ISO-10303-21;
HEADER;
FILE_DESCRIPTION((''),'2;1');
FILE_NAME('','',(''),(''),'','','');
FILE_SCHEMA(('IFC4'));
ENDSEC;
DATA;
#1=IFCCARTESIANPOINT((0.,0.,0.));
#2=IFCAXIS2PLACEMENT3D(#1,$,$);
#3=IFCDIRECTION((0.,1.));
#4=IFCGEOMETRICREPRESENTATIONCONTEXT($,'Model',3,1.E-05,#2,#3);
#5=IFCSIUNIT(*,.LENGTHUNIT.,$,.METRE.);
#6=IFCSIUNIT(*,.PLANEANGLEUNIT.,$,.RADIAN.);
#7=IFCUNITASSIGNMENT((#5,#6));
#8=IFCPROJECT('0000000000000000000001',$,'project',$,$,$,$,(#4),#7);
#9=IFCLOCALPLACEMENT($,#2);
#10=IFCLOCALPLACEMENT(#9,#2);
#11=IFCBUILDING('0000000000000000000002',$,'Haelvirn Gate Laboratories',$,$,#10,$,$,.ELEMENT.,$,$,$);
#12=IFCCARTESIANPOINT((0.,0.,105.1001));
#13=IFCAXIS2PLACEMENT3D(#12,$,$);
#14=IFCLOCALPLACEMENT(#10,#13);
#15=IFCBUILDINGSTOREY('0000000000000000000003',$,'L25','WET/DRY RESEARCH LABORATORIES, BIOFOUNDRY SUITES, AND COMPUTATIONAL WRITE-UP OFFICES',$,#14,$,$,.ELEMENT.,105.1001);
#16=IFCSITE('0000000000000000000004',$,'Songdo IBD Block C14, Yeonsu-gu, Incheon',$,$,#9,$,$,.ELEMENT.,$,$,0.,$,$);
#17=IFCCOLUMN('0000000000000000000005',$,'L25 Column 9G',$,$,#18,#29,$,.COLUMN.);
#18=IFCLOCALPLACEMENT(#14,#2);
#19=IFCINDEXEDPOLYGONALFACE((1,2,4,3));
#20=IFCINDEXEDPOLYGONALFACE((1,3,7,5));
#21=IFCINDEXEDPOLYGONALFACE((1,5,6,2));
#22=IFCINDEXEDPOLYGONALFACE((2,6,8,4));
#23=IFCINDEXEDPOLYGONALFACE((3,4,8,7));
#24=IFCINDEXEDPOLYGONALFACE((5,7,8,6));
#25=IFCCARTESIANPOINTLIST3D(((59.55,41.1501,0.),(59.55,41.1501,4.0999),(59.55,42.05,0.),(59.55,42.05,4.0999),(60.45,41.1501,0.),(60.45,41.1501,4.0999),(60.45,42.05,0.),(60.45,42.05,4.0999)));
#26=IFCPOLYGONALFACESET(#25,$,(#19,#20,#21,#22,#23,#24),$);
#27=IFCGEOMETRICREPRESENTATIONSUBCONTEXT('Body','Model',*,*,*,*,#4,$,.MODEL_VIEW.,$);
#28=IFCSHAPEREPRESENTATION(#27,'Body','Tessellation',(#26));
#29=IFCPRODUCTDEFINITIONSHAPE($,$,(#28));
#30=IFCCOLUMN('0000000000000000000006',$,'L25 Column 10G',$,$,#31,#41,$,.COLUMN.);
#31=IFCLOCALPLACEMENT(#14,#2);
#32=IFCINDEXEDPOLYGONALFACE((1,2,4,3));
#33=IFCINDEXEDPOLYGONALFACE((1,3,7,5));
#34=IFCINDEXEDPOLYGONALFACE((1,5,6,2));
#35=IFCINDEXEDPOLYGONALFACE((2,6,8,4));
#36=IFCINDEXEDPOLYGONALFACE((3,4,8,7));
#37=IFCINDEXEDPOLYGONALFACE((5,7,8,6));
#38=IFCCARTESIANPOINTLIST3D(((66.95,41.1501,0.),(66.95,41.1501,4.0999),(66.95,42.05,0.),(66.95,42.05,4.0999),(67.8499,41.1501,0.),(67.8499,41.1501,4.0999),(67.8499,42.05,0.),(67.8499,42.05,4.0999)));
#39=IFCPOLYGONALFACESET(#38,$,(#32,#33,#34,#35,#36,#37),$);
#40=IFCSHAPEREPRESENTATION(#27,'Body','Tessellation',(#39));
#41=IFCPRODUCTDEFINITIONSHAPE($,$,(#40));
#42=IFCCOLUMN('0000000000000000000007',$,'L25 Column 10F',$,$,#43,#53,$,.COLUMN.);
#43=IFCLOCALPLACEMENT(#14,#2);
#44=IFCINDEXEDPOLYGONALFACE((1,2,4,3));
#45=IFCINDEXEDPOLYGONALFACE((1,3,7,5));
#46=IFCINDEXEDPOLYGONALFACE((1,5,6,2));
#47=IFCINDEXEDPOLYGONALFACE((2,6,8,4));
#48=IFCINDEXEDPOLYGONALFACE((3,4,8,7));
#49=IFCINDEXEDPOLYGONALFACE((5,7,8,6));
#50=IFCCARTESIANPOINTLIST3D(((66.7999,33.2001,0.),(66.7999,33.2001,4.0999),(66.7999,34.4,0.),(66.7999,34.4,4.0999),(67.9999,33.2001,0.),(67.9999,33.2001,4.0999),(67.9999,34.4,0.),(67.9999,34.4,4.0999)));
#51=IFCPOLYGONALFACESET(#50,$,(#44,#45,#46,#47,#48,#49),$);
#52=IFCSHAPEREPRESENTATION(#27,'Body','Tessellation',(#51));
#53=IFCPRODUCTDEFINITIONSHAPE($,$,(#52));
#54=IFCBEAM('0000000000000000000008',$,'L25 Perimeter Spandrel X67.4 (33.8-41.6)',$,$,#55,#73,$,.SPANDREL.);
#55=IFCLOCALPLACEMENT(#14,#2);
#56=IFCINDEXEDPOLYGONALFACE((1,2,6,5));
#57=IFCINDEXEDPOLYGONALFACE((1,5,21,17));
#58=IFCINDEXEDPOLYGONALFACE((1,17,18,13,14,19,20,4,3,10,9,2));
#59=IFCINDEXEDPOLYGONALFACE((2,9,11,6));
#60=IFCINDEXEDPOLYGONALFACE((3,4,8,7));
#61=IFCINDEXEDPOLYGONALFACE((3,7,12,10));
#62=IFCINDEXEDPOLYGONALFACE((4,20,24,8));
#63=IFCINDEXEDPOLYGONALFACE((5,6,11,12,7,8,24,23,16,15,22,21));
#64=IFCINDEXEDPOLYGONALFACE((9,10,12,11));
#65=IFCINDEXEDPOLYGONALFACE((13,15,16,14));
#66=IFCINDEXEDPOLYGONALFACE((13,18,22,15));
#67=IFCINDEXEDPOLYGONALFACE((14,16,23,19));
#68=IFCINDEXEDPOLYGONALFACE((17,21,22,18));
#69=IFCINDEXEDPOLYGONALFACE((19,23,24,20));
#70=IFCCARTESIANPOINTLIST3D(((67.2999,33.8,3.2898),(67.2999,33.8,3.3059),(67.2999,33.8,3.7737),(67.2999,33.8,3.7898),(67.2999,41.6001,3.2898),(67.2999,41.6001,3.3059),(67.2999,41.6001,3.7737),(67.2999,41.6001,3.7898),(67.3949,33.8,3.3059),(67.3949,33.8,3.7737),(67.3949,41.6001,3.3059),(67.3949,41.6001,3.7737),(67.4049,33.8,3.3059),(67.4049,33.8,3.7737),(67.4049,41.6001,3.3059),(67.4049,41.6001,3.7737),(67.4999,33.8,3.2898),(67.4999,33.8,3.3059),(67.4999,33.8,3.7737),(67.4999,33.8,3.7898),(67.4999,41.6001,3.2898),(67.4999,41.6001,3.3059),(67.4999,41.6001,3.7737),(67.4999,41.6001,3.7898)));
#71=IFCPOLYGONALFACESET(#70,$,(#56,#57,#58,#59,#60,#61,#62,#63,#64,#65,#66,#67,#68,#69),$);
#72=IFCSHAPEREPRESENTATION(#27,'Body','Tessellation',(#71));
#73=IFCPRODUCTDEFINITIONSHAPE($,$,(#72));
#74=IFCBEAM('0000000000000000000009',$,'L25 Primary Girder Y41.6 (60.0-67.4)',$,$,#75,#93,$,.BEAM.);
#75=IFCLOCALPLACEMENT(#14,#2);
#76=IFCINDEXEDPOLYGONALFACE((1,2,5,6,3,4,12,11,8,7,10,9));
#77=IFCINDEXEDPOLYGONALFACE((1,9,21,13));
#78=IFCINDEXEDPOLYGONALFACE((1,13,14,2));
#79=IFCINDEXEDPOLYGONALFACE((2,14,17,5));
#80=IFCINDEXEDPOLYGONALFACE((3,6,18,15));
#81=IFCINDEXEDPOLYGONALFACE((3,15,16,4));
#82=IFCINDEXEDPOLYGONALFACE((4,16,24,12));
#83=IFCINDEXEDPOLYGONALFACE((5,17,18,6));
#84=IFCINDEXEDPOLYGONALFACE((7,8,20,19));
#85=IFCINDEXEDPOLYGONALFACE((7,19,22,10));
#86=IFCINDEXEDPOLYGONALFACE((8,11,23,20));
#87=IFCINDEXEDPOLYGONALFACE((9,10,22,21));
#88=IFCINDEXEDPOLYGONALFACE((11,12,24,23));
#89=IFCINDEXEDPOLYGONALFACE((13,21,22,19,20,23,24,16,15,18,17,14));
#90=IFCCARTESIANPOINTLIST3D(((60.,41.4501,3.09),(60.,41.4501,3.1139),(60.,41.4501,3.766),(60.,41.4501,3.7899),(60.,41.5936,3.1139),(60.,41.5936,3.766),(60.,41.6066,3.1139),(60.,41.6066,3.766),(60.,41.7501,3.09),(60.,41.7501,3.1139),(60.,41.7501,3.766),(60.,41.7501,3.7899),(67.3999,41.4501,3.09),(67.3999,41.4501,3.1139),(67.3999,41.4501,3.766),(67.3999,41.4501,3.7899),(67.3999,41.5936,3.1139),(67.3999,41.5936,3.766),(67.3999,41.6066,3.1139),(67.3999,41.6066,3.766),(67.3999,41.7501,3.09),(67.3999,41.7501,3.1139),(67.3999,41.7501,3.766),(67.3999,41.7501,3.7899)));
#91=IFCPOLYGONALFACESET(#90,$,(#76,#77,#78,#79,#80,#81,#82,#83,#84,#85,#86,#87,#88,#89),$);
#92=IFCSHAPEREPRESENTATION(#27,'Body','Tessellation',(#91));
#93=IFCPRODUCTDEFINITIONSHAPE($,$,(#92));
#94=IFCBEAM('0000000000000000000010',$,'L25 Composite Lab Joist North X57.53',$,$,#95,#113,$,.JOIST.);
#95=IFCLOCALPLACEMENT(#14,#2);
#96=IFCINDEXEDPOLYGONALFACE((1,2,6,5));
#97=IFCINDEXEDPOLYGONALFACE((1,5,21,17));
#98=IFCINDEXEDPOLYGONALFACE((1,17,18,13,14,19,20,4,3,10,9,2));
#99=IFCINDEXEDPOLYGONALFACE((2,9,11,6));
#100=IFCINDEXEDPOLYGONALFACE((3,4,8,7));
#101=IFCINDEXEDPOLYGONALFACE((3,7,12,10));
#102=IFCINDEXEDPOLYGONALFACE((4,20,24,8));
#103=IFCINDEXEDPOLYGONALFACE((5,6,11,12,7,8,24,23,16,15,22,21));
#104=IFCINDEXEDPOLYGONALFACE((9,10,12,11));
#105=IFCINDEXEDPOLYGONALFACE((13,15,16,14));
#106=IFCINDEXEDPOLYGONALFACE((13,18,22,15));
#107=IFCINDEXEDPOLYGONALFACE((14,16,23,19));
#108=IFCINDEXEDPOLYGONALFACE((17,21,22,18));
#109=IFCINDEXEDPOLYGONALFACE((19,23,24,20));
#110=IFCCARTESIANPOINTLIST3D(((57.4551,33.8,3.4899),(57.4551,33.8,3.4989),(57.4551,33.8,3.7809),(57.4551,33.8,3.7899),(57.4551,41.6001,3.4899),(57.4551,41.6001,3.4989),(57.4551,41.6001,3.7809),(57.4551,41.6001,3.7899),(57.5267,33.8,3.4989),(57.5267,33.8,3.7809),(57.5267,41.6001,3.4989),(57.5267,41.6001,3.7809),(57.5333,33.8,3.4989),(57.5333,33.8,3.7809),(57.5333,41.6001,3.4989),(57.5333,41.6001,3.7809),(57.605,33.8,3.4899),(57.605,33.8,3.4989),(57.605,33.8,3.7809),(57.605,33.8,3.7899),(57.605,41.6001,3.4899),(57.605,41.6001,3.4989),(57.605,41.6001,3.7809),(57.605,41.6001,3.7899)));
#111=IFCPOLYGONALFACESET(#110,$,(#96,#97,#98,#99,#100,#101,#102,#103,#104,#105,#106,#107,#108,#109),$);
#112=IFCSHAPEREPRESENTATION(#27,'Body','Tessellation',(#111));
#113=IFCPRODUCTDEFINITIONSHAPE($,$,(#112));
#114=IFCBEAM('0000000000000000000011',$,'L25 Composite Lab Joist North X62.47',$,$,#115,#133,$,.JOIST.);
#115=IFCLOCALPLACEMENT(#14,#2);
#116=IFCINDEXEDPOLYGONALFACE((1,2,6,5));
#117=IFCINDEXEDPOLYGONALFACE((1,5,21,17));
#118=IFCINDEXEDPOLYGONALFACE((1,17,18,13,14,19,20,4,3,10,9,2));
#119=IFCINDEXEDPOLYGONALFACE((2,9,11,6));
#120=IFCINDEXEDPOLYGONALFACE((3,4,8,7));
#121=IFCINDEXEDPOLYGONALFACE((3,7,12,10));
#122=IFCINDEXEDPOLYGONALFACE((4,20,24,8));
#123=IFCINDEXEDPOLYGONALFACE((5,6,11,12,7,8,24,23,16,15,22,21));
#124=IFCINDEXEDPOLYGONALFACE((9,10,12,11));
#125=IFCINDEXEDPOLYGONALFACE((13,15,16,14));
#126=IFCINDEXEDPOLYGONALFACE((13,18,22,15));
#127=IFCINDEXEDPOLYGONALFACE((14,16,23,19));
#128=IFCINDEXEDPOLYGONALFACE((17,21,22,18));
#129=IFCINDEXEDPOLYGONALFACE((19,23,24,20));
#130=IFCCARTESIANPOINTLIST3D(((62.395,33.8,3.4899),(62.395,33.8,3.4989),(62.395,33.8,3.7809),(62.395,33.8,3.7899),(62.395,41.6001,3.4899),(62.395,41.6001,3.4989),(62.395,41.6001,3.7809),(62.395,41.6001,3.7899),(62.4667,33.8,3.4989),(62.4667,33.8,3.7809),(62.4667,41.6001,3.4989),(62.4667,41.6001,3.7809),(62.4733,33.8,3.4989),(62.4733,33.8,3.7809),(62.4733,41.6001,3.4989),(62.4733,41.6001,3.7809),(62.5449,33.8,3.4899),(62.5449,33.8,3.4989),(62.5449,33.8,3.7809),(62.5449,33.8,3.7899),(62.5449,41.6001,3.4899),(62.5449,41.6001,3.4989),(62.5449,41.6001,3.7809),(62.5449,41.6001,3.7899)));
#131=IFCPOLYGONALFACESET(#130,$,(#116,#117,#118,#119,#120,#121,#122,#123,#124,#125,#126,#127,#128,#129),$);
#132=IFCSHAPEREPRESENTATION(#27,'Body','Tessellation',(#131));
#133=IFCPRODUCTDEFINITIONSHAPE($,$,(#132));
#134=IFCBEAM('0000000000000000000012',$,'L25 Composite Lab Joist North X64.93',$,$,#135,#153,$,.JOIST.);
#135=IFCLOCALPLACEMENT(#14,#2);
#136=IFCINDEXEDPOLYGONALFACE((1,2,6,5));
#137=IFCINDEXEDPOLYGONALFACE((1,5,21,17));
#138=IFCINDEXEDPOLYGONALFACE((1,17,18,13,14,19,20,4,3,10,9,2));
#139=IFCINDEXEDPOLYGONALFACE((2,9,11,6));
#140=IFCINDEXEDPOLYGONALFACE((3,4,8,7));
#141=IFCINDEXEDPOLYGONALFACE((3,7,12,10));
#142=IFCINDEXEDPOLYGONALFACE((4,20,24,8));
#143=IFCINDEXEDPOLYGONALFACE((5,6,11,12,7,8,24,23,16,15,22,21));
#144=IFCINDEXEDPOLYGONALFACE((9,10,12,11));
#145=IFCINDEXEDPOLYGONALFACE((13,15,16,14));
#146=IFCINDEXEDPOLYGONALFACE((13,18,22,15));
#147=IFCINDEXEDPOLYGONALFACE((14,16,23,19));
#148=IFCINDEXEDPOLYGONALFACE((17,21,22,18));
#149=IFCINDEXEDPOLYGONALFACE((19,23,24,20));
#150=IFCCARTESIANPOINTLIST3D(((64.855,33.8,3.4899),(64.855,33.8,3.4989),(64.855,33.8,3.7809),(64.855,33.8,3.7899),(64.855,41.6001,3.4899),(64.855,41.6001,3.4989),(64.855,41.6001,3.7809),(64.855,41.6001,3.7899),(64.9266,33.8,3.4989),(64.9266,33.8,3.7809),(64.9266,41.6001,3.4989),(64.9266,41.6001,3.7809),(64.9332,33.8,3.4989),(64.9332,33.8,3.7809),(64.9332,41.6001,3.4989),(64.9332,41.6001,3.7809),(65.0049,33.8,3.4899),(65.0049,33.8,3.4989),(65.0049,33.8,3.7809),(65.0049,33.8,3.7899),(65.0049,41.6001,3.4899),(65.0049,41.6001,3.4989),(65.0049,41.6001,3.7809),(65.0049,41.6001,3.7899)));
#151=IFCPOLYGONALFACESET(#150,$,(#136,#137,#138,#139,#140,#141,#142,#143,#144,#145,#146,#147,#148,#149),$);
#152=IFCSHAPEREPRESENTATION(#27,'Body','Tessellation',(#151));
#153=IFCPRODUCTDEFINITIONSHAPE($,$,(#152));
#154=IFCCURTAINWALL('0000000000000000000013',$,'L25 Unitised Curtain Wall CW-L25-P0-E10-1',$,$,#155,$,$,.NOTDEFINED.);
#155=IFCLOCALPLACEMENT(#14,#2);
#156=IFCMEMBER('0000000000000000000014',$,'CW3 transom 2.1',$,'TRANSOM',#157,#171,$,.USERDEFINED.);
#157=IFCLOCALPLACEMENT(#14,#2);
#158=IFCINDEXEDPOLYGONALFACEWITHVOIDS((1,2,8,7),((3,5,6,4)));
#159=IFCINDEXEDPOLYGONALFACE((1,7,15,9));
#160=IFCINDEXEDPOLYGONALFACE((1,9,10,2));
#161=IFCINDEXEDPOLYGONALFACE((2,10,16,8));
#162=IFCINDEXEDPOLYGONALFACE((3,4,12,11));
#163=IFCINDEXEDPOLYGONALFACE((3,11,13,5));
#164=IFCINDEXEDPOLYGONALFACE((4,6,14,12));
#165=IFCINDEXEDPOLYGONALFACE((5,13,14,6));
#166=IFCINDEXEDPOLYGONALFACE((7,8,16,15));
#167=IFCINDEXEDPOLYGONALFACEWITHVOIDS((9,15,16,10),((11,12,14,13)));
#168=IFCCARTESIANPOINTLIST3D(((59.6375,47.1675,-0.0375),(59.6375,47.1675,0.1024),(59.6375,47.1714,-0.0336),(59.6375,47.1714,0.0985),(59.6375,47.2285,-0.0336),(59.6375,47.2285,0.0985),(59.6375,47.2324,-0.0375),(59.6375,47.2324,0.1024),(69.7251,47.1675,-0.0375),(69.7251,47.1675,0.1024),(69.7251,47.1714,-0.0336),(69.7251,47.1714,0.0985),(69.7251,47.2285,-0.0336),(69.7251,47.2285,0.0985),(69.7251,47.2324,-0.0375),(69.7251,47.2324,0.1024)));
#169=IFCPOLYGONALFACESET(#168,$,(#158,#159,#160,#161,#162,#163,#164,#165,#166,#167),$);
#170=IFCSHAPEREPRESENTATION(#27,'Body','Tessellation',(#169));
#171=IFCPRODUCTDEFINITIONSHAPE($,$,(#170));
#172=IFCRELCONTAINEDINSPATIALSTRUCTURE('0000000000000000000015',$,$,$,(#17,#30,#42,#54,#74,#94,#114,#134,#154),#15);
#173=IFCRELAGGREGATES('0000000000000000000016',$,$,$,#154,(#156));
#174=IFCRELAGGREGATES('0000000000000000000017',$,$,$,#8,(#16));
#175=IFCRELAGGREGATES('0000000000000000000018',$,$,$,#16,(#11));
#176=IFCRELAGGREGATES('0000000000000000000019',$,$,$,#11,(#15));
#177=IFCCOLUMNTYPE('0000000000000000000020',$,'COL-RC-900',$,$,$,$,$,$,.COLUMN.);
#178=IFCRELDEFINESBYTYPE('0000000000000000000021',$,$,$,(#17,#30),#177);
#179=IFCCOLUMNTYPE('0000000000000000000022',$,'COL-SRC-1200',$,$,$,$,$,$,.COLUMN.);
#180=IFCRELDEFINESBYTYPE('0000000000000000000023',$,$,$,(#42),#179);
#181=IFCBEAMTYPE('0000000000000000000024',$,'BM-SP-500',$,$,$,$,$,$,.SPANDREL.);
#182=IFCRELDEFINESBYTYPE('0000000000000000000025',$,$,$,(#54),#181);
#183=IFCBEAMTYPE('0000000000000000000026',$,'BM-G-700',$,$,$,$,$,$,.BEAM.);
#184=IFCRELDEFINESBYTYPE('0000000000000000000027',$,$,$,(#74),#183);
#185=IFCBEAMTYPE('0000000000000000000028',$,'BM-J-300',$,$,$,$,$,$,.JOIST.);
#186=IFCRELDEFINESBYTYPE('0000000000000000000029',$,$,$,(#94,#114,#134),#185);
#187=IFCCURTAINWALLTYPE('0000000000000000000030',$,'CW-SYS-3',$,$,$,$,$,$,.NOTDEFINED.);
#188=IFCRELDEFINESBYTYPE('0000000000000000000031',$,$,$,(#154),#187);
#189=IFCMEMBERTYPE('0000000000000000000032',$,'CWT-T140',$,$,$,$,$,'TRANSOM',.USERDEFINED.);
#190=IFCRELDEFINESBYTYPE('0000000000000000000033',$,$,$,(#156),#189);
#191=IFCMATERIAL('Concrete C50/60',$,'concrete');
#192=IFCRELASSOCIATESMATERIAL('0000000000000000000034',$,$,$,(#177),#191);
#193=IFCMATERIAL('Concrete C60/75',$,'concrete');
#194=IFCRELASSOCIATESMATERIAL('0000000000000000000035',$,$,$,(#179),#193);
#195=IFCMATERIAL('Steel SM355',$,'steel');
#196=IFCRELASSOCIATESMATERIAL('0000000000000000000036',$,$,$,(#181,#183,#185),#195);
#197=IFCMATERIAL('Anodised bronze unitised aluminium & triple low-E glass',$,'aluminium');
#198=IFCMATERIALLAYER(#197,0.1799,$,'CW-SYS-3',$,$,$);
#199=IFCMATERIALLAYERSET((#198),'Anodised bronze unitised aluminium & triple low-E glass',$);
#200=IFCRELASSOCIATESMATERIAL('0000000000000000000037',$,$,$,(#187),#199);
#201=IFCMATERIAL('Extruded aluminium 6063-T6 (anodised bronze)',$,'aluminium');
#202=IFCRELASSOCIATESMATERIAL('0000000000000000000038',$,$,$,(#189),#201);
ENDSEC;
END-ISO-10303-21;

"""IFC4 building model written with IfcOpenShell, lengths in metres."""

from ifc_helpers import new_model, si_unit, direction, frame, origin, origin_2d, place, context, subcontext, project, spatial, rectangle, hollow_rectangle, i_section, extrude, source, transform, mapped, material, layer, layer_set, material_profile, profile_set, type_object, type_shapes, element, aggregate, save


model = new_model("IFC4")

# Units and contexts
model_context = context("Model", 3, precision=1e-05, world=origin(), true_north=direction((0.0, 1.0)))
body_context = subcontext(model_context, "Body", "Model", "MODEL_VIEW")
ifc_project = project(units=[si_unit("LENGTHUNIT", "METRE"), si_unit("PLANEANGLEUNIT", "RADIAN")], contexts=[model_context])

# Site, building, storey
site_placement = place(None, origin())
site = spatial("IfcSite", under=ifc_project, at=site_placement, Name="Songdo IBD Block C14, Yeonsu-gu, Incheon", CompositionType="ELEMENT", RefElevation=0.0)
building_placement = place(site_placement, origin())
building = spatial("IfcBuilding", under=site, at=building_placement, Name="Haelvirn Gate Laboratories", CompositionType="ELEMENT")
storey_placement = place(building_placement, frame((0.0, 0.0, 105.1001)))
storey = spatial("IfcBuildingStorey", under=building, at=storey_placement, Name="L25", Description="WET/DRY RESEARCH LABORATORIES, BIOFOUNDRY SUITES, AND COMPUTATIONAL WRITE-UP OFFICES", CompositionType="ELEMENT", Elevation=105.1001)

# Columns
ifc_material_1 = material(Name="Concrete C50/60", Category="concrete")
ifc_material_profile_1 = material_profile(ifc_material_1, rectangle(XDim=0.8999, YDim=0.8999, at=origin_2d()), Name="RC-900x900")
ifc_profile_set_1 = profile_set([ifc_material_profile_1], Name="Concrete C50/60")
column_type_1 = type_object("IfcColumnType", Name="COL-RC-900", PredefinedType="COLUMN", material=ifc_profile_set_1)
shared_shape_1 = source(origin(), body_context, "Body", "SweptSolid", [
    extrude(rectangle(XDim=0.8999, YDim=0.8999, at=origin_2d()), origin(), (0.0, 0.0, 1.0), 4.0999),
])
type_shapes(column_type_1, [shared_shape_1])
for number, where, z_axis, x_axis, name in (
    (1, (60.0, 41.6001, 0.0), (0.0, 0.0, 1.0), (1.0, 0.0, 0.0), "L25 Column 9G"),
    (2, (67.3999, 41.6001, 0.0), (0.0, 0.0, 1.0), (1.0, 0.0, 0.0), "L25 Column 10G"),
):
    element("IfcColumn", number, at=place(storey_placement, frame(where, z_axis=z_axis, x_axis=x_axis)), inside=storey, type_object=column_type_1, Name=name, PredefinedType="COLUMN", context=body_context, shape_type="MappedRepresentation", body=[
        mapped(shared_shape_1, transform((0.0, 0.0, 0.0), scale=1.0)),
    ])
ifc_material_2 = material(Name="Concrete C60/75", Category="concrete")
ifc_material_profile_2 = material_profile(ifc_material_2, rectangle(XDim=1.2, YDim=1.2, at=origin_2d()), Name="SRC-1200x1200")
ifc_profile_set_2 = profile_set([ifc_material_profile_2], Name="Concrete C60/75")
column_type_2 = type_object("IfcColumnType", Name="COL-SRC-1200", PredefinedType="COLUMN", material=ifc_profile_set_2)
shared_shape_2 = source(origin(), body_context, "Body", "SweptSolid", [
    extrude(rectangle(XDim=1.2, YDim=1.2, at=origin_2d()), origin(), (0.0, 0.0, 1.0), 4.0999),
])
type_shapes(column_type_2, [shared_shape_2])
column_placement = place(storey_placement, frame((67.3999, 33.8, 0.0), z_axis=(0.0, 0.0, 1.0), x_axis=(1.0, 0.0, 0.0)))
element("IfcColumn", 3, at=column_placement, inside=storey, type_object=column_type_2, Name="L25 Column 10F", PredefinedType="COLUMN", context=body_context, shape_type="MappedRepresentation", body=[
    mapped(shared_shape_2, transform((0.0, 0.0, 0.0), scale=1.0)),
])

# Beams
ifc_material_3 = material(Name="Steel SM355", Category="steel")
ifc_material_profile_3 = material_profile(ifc_material_3, i_section(OverallWidth=0.2, OverallDepth=0.5, WebThickness=0.01, FlangeThickness=0.0161, at=origin_2d()), Name="H-500x200x10x16")
ifc_profile_set_3 = profile_set([ifc_material_profile_3], Name="Steel SM355")
beam_type_1 = type_object("IfcBeamType", Name="BM-SP-500", PredefinedType="SPANDREL", material=ifc_profile_set_3)
shared_shape_3 = source(origin(), body_context, "Body", "SweptSolid", [
    extrude(i_section(OverallWidth=0.2, OverallDepth=0.5, WebThickness=0.01, FlangeThickness=0.0161, at=origin_2d()), origin(), (0.0, 0.0, 1.0), 7.8),
])
type_shapes(beam_type_1, [shared_shape_3])
beam_1_placement = place(storey_placement, frame((67.3999, 33.8, 3.5398), z_axis=(0.0, 1.0, 0.0), x_axis=(-1.0, 0.0, 0.0)))
element("IfcBeam", 4, at=beam_1_placement, inside=storey, type_object=beam_type_1, Name="L25 Perimeter Spandrel X67.4 (33.8-41.6)", PredefinedType="SPANDREL", context=body_context, shape_type="MappedRepresentation", body=[
    mapped(shared_shape_3, transform((0.0, 0.0, 0.0), scale=1.0)),
])
ifc_material_profile_4 = material_profile(ifc_material_3, i_section(OverallWidth=0.3, OverallDepth=0.7, WebThickness=0.0129, FlangeThickness=0.0239, at=origin_2d()), Name="H-700x300x13x24")
ifc_profile_set_4 = profile_set([ifc_material_profile_4], Name="Steel SM355")
beam_type_2 = type_object("IfcBeamType", Name="BM-G-700", PredefinedType="BEAM", material=ifc_profile_set_4)
shared_shape_4 = source(origin(), body_context, "Body", "SweptSolid", [
    extrude(i_section(OverallWidth=0.3, OverallDepth=0.7, WebThickness=0.0129, FlangeThickness=0.0239, at=origin_2d()), origin(), (0.0, 0.0, 1.0), 7.3999),
])
type_shapes(beam_type_2, [shared_shape_4])
beam_2_placement = place(storey_placement, frame((60.0, 41.6001, 3.4399), z_axis=(1.0, 0.0, 0.0), x_axis=(0.0, 1.0, 0.0)))
element("IfcBeam", 5, at=beam_2_placement, inside=storey, type_object=beam_type_2, Name="L25 Primary Girder Y41.6 (60.0-67.4)", PredefinedType="BEAM", context=body_context, shape_type="MappedRepresentation", body=[
    mapped(shared_shape_4, transform((0.0, 0.0, 0.0), scale=1.0)),
])
ifc_material_profile_5 = material_profile(ifc_material_3, i_section(OverallWidth=0.1499, OverallDepth=0.3, WebThickness=0.0066, FlangeThickness=0.009, at=origin_2d()), Name="H-300x150x6.5x9")
ifc_profile_set_5 = profile_set([ifc_material_profile_5], Name="Steel SM355")
beam_type_3 = type_object("IfcBeamType", Name="BM-J-300", PredefinedType="JOIST", material=ifc_profile_set_5)
shared_shape_5 = source(origin(), body_context, "Body", "SweptSolid", [
    extrude(i_section(OverallWidth=0.1499, OverallDepth=0.3, WebThickness=0.0066, FlangeThickness=0.009, at=origin_2d()), origin(), (0.0, 0.0, 1.0), 7.8),
])
type_shapes(beam_type_3, [shared_shape_5])
for number, where, z_axis, x_axis, name in (
    (6, (57.53, 33.8, 3.6399), (0.0, 1.0, 0.0), (-1.0, 0.0, 0.0), "L25 Composite Lab Joist North X57.53"),
    (7, (62.47, 33.8, 3.6399), (0.0, 1.0, 0.0), (-1.0, 0.0, 0.0), "L25 Composite Lab Joist North X62.47"),
    (8, (64.9299, 33.8, 3.6399), (0.0, 1.0, 0.0), (-1.0, 0.0, 0.0), "L25 Composite Lab Joist North X64.93"),
):
    element("IfcBeam", number, at=place(storey_placement, frame(where, z_axis=z_axis, x_axis=x_axis)), inside=storey, type_object=beam_type_3, Name=name, PredefinedType="JOIST", context=body_context, shape_type="MappedRepresentation", body=[
        mapped(shared_shape_5, transform((0.0, 0.0, 0.0), scale=1.0)),
    ])

# Curtain wall, member
ifc_material_4 = material(Name="Anodised bronze unitised aluminium & triple low-E glass", Category="aluminium")
ifc_layer_1 = layer(ifc_material_4, 0.1799, Name="CW-SYS-3")
ifc_layer_set_1 = layer_set([ifc_layer_1], Name="Anodised bronze unitised aluminium & triple low-E glass")
curtain_wall_type_1 = type_object("IfcCurtainWallType", Name="CW-SYS-3", PredefinedType="NOTDEFINED", material=ifc_layer_set_1)
curtain_wall_1_placement = place(storey_placement, origin())
curtain_wall_1 = element("IfcCurtainWall", 9, at=curtain_wall_1_placement, inside=storey, type_object=curtain_wall_type_1, Name="L25 Unitised Curtain Wall CW-L25-P0-E10-1", PredefinedType="NOTDEFINED")
ifc_material_5 = material(Name="Extruded aluminium 6063-T6 (anodised bronze)", Category="aluminium")
ifc_material_profile_6 = material_profile(ifc_material_5, hollow_rectangle(XDim=0.0649, YDim=0.1399, WallThickness=0.0039, at=origin_2d()), Name="CWT-140x65x4")
ifc_profile_set_6 = profile_set([ifc_material_profile_6], Name="Extruded aluminium 6063-T6 (anodised bronze)")
member_type_1 = type_object("IfcMemberType", Name="CWT-T140", ElementType="TRANSOM", PredefinedType="USERDEFINED", material=ifc_profile_set_6)
shared_shape_6 = source(origin(), body_context, "Body", "SweptSolid", [
    extrude(hollow_rectangle(XDim=0.0649, YDim=0.1399, WallThickness=0.0039, at=origin_2d()), origin(), (0.0, 0.0, 1.0), 10.0876),
])
member_1_placement = place(storey_placement, frame((59.6375, 47.2, 0.0325), z_axis=(1.0, 0.0, 0.0), x_axis=(0.0, 1.0, 0.0)))
member_1 = element("IfcMember", 10, at=member_1_placement, type_object=member_type_1, Name="CW3 transom 2.1", ObjectType="TRANSOM", PredefinedType="USERDEFINED", context=body_context, shape_type="MappedRepresentation", body=[
    mapped(shared_shape_6, transform((0.0, 0.0, 0.0), scale=1.0)),
])

aggregate(curtain_wall_1, [member_1])

save(model, "model.ifc")
